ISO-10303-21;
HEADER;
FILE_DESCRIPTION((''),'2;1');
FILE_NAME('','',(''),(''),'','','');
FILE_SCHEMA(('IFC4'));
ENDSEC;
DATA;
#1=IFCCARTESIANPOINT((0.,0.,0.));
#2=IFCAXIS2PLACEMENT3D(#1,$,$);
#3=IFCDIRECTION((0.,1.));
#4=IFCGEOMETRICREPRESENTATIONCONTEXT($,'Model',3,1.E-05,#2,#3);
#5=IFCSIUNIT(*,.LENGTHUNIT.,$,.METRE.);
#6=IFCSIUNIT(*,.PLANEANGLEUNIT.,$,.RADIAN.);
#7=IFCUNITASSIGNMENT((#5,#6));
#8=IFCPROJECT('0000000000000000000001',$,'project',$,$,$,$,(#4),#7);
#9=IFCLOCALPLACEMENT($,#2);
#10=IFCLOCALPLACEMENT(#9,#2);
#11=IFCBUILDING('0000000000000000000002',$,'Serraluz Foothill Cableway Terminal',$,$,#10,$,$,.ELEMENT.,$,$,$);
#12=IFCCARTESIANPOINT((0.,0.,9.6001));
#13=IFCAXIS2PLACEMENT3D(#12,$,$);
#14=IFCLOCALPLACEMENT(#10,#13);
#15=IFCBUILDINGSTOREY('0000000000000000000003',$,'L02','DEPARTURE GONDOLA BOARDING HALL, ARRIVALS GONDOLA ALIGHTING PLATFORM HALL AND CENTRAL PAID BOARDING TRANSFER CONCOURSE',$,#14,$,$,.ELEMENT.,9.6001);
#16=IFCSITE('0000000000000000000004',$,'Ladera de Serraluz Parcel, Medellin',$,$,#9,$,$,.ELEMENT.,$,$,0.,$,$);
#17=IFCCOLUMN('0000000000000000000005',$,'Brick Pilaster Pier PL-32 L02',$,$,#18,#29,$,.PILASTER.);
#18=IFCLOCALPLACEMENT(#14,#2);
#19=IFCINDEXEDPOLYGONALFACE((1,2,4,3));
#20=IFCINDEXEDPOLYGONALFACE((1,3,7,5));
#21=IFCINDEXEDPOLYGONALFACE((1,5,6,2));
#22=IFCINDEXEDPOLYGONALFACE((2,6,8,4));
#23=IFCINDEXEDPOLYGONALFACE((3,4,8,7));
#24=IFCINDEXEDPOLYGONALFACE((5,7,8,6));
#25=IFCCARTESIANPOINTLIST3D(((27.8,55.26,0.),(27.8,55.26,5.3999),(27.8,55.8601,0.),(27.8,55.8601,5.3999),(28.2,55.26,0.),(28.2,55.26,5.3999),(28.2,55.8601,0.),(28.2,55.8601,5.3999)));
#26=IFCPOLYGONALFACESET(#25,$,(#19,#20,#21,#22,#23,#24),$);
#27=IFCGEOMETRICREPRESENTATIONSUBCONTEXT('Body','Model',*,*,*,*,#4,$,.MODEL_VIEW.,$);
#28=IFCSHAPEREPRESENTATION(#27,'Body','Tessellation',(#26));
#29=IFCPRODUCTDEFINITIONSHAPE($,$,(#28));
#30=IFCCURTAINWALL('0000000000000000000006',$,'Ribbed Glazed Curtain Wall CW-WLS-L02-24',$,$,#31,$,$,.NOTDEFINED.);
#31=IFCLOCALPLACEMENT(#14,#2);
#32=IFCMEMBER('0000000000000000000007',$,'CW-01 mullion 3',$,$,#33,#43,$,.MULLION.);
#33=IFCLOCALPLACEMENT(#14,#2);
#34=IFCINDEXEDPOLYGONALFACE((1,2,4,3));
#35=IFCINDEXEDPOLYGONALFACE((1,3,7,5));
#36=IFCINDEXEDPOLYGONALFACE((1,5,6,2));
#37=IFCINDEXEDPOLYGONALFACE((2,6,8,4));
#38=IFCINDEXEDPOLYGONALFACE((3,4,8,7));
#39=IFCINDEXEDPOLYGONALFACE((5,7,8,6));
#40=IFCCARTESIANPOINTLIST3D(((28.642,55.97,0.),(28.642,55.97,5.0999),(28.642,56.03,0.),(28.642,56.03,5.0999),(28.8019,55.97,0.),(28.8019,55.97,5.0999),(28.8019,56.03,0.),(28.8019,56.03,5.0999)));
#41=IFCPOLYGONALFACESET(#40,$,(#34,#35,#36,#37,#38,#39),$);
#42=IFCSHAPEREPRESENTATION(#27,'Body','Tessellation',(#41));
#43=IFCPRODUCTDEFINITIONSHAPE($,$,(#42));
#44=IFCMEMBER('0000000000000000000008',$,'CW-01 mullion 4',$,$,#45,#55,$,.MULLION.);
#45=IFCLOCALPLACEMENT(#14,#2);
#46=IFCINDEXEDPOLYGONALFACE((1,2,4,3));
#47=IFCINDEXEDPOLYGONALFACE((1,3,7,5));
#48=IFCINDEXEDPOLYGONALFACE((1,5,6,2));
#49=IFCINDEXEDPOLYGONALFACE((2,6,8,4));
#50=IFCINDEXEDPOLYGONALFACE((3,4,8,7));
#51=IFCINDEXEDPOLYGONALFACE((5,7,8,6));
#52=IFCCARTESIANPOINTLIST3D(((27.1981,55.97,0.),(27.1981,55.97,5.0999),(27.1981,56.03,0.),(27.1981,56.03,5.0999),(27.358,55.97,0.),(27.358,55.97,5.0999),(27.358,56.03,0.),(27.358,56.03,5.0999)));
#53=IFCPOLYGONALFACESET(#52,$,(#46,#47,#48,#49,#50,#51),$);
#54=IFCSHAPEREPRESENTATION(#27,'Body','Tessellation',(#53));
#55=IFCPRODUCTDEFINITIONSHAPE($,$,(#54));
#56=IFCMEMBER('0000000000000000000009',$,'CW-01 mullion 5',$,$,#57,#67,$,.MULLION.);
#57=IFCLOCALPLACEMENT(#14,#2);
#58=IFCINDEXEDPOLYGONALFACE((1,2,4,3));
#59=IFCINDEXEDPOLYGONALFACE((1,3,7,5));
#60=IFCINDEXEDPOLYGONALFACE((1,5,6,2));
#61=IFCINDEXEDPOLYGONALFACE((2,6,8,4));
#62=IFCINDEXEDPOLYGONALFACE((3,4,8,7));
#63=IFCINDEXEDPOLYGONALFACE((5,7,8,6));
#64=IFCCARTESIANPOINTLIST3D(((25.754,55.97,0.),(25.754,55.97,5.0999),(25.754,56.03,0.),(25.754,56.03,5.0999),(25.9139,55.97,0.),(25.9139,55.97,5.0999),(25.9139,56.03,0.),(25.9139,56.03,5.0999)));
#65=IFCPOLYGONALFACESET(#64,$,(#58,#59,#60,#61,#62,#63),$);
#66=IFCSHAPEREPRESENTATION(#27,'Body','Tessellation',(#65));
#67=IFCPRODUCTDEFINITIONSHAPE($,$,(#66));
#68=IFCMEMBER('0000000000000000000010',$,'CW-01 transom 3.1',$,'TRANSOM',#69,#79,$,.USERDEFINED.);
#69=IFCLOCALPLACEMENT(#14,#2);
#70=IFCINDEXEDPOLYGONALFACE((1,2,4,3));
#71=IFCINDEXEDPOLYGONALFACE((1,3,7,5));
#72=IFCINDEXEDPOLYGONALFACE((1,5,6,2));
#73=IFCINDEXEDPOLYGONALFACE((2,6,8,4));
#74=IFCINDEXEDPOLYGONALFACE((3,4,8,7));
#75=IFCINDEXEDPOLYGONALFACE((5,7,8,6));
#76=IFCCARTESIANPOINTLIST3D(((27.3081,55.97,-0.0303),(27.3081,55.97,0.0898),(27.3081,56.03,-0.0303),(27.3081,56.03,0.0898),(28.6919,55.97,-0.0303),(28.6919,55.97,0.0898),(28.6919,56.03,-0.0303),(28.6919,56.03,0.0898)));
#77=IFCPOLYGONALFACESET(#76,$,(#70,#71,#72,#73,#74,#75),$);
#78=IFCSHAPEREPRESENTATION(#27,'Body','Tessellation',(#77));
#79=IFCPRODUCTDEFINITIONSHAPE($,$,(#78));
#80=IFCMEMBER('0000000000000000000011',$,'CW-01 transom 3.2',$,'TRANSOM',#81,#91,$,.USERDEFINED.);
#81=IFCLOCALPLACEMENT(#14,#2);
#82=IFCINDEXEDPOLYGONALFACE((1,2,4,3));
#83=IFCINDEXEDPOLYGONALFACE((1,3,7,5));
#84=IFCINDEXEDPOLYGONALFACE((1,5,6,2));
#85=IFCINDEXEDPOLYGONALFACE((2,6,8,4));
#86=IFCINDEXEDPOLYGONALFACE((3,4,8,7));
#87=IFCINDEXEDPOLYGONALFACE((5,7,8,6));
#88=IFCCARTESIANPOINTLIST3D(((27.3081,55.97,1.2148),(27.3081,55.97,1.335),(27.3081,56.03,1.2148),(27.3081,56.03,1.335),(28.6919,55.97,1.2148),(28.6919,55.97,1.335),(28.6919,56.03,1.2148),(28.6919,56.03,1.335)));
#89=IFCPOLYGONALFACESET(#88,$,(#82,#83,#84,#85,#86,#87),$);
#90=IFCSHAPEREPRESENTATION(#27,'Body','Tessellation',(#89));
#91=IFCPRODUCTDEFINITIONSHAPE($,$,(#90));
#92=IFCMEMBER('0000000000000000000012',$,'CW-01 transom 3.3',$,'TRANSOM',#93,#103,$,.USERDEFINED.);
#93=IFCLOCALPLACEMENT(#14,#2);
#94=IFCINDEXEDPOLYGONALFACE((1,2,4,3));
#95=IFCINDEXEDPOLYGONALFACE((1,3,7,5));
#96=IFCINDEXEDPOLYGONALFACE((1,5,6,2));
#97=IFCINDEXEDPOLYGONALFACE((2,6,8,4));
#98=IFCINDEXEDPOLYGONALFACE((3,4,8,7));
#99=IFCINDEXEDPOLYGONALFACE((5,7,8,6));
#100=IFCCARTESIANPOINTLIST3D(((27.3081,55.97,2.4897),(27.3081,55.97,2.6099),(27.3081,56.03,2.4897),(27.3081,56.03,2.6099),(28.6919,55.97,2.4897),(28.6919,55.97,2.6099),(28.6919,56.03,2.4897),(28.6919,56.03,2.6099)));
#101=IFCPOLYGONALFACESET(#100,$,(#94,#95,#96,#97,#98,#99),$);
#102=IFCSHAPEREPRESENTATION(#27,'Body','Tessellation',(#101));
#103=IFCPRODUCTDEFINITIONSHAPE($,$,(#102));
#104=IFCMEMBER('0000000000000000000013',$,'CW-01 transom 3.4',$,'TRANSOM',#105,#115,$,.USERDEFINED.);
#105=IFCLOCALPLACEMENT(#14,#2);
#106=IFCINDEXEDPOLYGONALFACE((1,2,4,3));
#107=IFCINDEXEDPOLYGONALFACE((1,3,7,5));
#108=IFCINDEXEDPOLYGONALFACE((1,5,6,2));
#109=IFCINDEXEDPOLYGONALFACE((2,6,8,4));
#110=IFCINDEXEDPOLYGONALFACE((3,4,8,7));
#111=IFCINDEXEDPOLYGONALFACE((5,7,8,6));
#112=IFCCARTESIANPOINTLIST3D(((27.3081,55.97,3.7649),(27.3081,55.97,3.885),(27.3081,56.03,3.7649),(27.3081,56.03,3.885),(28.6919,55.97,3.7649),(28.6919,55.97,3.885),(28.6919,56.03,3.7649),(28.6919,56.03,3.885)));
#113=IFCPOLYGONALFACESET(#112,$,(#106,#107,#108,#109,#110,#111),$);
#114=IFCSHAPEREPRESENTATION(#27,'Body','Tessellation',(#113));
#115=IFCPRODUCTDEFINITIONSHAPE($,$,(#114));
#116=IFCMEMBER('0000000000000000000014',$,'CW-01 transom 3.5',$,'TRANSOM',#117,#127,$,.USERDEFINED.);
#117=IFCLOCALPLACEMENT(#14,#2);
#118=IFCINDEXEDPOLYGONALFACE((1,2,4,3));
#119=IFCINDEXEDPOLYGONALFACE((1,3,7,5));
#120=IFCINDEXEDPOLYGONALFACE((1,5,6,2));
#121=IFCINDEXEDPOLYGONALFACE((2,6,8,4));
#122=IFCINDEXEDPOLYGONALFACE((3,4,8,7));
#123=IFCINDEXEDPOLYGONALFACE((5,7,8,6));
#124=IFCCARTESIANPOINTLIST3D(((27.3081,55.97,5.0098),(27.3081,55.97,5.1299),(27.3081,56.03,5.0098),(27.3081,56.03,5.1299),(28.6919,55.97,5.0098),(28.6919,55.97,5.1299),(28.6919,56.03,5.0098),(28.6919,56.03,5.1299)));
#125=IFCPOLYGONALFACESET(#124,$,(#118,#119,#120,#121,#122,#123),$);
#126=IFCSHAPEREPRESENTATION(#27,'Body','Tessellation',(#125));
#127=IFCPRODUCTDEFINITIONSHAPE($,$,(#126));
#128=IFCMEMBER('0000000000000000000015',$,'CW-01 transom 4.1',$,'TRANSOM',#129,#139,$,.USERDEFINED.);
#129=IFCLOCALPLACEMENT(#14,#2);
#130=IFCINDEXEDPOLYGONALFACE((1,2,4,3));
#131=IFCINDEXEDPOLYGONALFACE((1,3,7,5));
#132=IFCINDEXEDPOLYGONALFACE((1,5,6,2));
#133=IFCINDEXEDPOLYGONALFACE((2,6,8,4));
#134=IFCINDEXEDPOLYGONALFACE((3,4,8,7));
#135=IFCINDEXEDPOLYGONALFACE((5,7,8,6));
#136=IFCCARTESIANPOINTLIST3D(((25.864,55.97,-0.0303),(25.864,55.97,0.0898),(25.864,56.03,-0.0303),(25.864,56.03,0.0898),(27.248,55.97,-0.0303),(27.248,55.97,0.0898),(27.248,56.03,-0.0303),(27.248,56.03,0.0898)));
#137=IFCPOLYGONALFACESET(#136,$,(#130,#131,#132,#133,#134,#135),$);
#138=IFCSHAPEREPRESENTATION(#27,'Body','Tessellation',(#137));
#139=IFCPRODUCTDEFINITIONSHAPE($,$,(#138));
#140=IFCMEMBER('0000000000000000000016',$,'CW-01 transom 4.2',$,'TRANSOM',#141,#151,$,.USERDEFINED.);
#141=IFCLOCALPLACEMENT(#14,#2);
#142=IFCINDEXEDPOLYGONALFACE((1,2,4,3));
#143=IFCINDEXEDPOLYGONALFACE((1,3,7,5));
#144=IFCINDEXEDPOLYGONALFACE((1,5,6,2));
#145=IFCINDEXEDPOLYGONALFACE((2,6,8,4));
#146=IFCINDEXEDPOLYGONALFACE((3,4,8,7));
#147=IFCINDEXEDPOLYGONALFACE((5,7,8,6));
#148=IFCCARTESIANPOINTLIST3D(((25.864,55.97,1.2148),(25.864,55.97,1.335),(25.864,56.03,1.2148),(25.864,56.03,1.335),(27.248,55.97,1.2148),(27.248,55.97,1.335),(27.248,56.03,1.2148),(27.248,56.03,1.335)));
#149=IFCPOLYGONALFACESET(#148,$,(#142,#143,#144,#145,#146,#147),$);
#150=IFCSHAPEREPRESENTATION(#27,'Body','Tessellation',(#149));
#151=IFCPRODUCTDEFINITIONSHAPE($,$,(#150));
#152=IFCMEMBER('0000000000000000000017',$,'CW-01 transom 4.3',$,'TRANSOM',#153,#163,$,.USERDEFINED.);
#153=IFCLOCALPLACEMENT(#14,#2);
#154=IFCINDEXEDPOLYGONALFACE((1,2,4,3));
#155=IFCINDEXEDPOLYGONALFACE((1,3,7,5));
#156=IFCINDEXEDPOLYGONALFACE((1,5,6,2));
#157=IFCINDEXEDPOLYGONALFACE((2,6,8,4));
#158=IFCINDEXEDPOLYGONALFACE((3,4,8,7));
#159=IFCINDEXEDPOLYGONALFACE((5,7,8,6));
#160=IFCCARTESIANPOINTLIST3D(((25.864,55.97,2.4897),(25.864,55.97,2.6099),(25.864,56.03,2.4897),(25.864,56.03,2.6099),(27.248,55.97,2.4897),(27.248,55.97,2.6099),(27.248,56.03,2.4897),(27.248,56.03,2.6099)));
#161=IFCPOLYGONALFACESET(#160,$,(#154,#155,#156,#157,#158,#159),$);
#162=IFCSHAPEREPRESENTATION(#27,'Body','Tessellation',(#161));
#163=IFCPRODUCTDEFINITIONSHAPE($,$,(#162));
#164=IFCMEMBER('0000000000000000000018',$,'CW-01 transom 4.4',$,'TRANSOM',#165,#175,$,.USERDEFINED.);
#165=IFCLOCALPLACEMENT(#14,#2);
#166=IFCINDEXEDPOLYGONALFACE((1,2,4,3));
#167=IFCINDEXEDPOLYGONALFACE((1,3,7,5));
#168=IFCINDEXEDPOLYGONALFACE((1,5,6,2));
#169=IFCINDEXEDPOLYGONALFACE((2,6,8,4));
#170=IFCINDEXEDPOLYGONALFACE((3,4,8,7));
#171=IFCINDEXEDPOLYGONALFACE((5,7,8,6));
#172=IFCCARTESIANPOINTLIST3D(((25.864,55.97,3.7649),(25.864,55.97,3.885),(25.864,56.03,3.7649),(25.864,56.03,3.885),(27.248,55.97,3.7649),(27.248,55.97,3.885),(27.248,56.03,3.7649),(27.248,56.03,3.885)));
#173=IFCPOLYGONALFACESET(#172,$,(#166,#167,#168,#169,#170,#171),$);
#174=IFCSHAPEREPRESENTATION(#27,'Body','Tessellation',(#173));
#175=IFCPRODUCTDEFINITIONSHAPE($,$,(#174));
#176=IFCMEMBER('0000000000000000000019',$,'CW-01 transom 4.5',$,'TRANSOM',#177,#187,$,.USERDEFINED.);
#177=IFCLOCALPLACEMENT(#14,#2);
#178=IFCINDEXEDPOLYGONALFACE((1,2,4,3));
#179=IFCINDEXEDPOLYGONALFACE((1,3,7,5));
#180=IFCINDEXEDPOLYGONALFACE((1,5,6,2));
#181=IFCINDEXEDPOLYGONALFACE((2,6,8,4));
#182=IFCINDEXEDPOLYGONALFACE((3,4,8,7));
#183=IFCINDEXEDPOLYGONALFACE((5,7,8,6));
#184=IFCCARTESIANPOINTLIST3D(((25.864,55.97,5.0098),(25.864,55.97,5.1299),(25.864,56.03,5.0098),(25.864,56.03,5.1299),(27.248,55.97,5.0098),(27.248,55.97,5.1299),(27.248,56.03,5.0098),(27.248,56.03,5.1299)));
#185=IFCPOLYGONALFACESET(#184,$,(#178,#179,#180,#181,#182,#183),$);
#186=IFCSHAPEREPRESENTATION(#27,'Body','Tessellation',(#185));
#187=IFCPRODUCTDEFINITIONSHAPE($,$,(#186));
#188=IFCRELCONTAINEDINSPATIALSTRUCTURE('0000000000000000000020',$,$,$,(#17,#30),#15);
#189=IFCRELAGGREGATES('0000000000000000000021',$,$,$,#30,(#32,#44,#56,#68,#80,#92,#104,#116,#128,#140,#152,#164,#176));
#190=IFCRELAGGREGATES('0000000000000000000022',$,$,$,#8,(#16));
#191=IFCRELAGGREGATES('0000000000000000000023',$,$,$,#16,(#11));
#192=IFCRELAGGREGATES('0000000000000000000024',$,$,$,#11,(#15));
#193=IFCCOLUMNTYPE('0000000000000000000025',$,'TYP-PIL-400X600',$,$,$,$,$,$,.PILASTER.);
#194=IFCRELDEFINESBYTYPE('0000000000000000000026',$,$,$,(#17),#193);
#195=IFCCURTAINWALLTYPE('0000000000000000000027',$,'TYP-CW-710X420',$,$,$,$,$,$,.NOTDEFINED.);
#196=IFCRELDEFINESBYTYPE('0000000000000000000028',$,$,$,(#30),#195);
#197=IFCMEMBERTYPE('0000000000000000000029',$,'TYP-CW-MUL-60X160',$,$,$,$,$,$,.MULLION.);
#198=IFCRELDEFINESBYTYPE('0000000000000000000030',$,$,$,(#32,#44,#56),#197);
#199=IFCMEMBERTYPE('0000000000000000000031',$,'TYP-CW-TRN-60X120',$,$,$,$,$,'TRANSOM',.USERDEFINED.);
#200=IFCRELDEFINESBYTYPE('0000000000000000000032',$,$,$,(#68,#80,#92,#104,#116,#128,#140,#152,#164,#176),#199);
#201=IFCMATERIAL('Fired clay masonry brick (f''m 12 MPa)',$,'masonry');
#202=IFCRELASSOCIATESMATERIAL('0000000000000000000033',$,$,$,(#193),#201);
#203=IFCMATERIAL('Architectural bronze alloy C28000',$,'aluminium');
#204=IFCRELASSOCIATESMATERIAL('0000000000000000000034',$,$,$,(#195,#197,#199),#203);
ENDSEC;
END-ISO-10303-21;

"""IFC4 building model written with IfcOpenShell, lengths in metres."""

from ifc_helpers import new_model, si_unit, direction, frame, origin, origin_2d, place, context, subcontext, project, spatial, rectangle, extrude, material, material_profile, profile_set, type_object, element, aggregate, save


model = new_model("IFC4")

# Units and contexts
model_context = context("Model", 3, precision=1e-05, world=origin(), true_north=direction((0.0, 1.0)))
body_context = subcontext(model_context, "Body", "Model", "MODEL_VIEW")
ifc_project = project(units=[si_unit("LENGTHUNIT", "METRE"), si_unit("PLANEANGLEUNIT", "RADIAN")], contexts=[model_context])

# Site, building, storey
site_placement = place(None, origin())
site = spatial("IfcSite", under=ifc_project, at=site_placement, Name="Ladera de Serraluz Parcel, Medellin", CompositionType="ELEMENT", RefElevation=0.0)
building_placement = place(site_placement, origin())
building = spatial("IfcBuilding", under=site, at=building_placement, Name="Serraluz Foothill Cableway Terminal", CompositionType="ELEMENT")
storey_placement = place(building_placement, frame((0.0, 0.0, 9.6001)))
storey = spatial("IfcBuildingStorey", under=building, at=storey_placement, Name="L02", Description="DEPARTURE GONDOLA BOARDING HALL, ARRIVALS GONDOLA ALIGHTING PLATFORM HALL AND CENTRAL PAID BOARDING TRANSFER CONCOURSE", CompositionType="ELEMENT", Elevation=9.6001)

# Column
ifc_material_1 = material(Name="Fired clay masonry brick (f'm 12 MPa)", Category="masonry")
ifc_material_profile_1 = material_profile(ifc_material_1, rectangle(XDim=0.3999, YDim=0.6001, at=origin_2d()), Name="PIL 400x600")
ifc_profile_set_1 = profile_set([ifc_material_profile_1], Name="Fired clay masonry brick (f'm 12 MPa)")
column_type = type_object("IfcColumnType", Name="TYP-PIL-400X600", PredefinedType="PILASTER", material=ifc_profile_set_1)
column_placement = place(storey_placement, frame((28.0, 55.5601, 0.0), z_axis=(0.0, 0.0, 1.0), x_axis=(1.0, 0.0, 0.0)))
element("IfcColumn", 1, at=column_placement, inside=storey, type_object=column_type, Name="Brick Pilaster Pier PL-32 L02", PredefinedType="PILASTER", context=body_context, shape_type="SweptSolid", body=[
    extrude(rectangle(XDim=0.3999, YDim=0.6001, at=origin_2d()), origin(), (0.0, 0.0, 1.0), 5.3999),
])

# Curtain wall, members
ifc_material_2 = material(Name="Architectural bronze alloy C28000", Category="aluminium")
curtain_wall_type = type_object("IfcCurtainWallType", Name="TYP-CW-710X420", PredefinedType="NOTDEFINED", material=ifc_material_2)
curtain_wall_placement = place(storey_placement, origin())
curtain_wall = element("IfcCurtainWall", 2, at=curtain_wall_placement, inside=storey, type_object=curtain_wall_type, Name="Ribbed Glazed Curtain Wall CW-WLS-L02-24", PredefinedType="NOTDEFINED")
ifc_material_profile_2 = material_profile(ifc_material_2, rectangle(XDim=0.0601, YDim=0.1599, at=origin_2d()), Name="ALU MULLION 60x160")
ifc_profile_set_2 = profile_set([ifc_material_profile_2], Name="Architectural bronze alloy C28000")
member_type_1 = type_object("IfcMemberType", Name="TYP-CW-MUL-60X160", PredefinedType="MULLION", material=ifc_profile_set_2)
member_1_placement = place(storey_placement, frame((28.7219, 56.0, 0.0), z_axis=(0.0, 0.0, 1.0), x_axis=(0.0, -1.0, 0.0)))
member_1 = element("IfcMember", 3, at=member_1_placement, type_object=member_type_1, Name="CW-01 mullion 3", PredefinedType="MULLION", context=body_context, shape_type="SweptSolid", body=[
    extrude(rectangle(XDim=0.0601, YDim=0.1599, at=origin_2d()), origin(), (0.0, 0.0, 1.0), 5.0999),
])
member_2_placement = place(storey_placement, frame((27.2781, 56.0, 0.0), z_axis=(0.0, 0.0, 1.0), x_axis=(0.0, -1.0, 0.0)))
member_2 = element("IfcMember", 4, at=member_2_placement, type_object=member_type_1, Name="CW-01 mullion 4", PredefinedType="MULLION", context=body_context, shape_type="SweptSolid", body=[
    extrude(rectangle(XDim=0.0601, YDim=0.1599, at=origin_2d()), origin(), (0.0, 0.0, 1.0), 5.0999),
])
member_3_placement = place(storey_placement, frame((25.834, 56.0, 0.0), z_axis=(0.0, 0.0, 1.0), x_axis=(0.0, -1.0, 0.0)))
member_3 = element("IfcMember", 5, at=member_3_placement, type_object=member_type_1, Name="CW-01 mullion 5", PredefinedType="MULLION", context=body_context, shape_type="SweptSolid", body=[
    extrude(rectangle(XDim=0.0601, YDim=0.1599, at=origin_2d()), origin(), (0.0, 0.0, 1.0), 5.0999),
])
ifc_material_profile_3 = material_profile(ifc_material_2, rectangle(XDim=0.0601, YDim=0.1201, at=origin_2d()), Name="ALU TRANSOM 60x120")
ifc_profile_set_3 = profile_set([ifc_material_profile_3], Name="Architectural bronze alloy C28000")
member_type_2 = type_object("IfcMemberType", Name="TYP-CW-TRN-60X120", ElementType="TRANSOM", PredefinedType="USERDEFINED", material=ifc_profile_set_3)
member_4_placement = place(storey_placement, frame((28.6919, 56.0, 0.0298), z_axis=(-1.0, 0.0, 0.0), x_axis=(0.0, -1.0, 0.0)))
member_4 = element("IfcMember", 6, at=member_4_placement, type_object=member_type_2, Name="CW-01 transom 3.1", ObjectType="TRANSOM", PredefinedType="USERDEFINED", context=body_context, shape_type="SweptSolid", body=[
    extrude(rectangle(XDim=0.0601, YDim=0.1201, at=origin_2d()), origin(), (0.0, 0.0, 1.0), 1.3838),
])
member_5_placement = place(storey_placement, frame((28.6919, 56.0, 1.2749), z_axis=(-1.0, 0.0, 0.0), x_axis=(0.0, -1.0, 0.0)))
member_5 = element("IfcMember", 7, at=member_5_placement, type_object=member_type_2, Name="CW-01 transom 3.2", ObjectType="TRANSOM", PredefinedType="USERDEFINED", context=body_context, shape_type="SweptSolid", body=[
    extrude(rectangle(XDim=0.0601, YDim=0.1201, at=origin_2d()), origin(), (0.0, 0.0, 1.0), 1.3838),
])
member_6_placement = place(storey_placement, frame((28.6919, 56.0, 2.5498), z_axis=(-1.0, 0.0, 0.0), x_axis=(0.0, -1.0, 0.0)))
member_6 = element("IfcMember", 8, at=member_6_placement, type_object=member_type_2, Name="CW-01 transom 3.3", ObjectType="TRANSOM", PredefinedType="USERDEFINED", context=body_context, shape_type="SweptSolid", body=[
    extrude(rectangle(XDim=0.0601, YDim=0.1201, at=origin_2d()), origin(), (0.0, 0.0, 1.0), 1.3838),
])
member_7_placement = place(storey_placement, frame((28.6919, 56.0, 3.825), z_axis=(-1.0, 0.0, 0.0), x_axis=(0.0, -1.0, 0.0)))
member_7 = element("IfcMember", 9, at=member_7_placement, type_object=member_type_2, Name="CW-01 transom 3.4", ObjectType="TRANSOM", PredefinedType="USERDEFINED", context=body_context, shape_type="SweptSolid", body=[
    extrude(rectangle(XDim=0.0601, YDim=0.1201, at=origin_2d()), origin(), (0.0, 0.0, 1.0), 1.3838),
])
member_8_placement = place(storey_placement, frame((28.6919, 56.0, 5.0698), z_axis=(-1.0, 0.0, 0.0), x_axis=(0.0, -1.0, 0.0)))
member_8 = element("IfcMember", 10, at=member_8_placement, type_object=member_type_2, Name="CW-01 transom 3.5", ObjectType="TRANSOM", PredefinedType="USERDEFINED", context=body_context, shape_type="SweptSolid", body=[
    extrude(rectangle(XDim=0.0601, YDim=0.1201, at=origin_2d()), origin(), (0.0, 0.0, 1.0), 1.3838),
])
member_9_placement = place(storey_placement, frame((27.248, 56.0, 0.0298), z_axis=(-1.0, 0.0, 0.0), x_axis=(0.0, -1.0, 0.0)))
member_9 = element("IfcMember", 11, at=member_9_placement, type_object=member_type_2, Name="CW-01 transom 4.1", ObjectType="TRANSOM", PredefinedType="USERDEFINED", context=body_context, shape_type="SweptSolid", body=[
    extrude(rectangle(XDim=0.0601, YDim=0.1201, at=origin_2d()), origin(), (0.0, 0.0, 1.0), 1.384),
])
member_10_placement = place(storey_placement, frame((27.248, 56.0, 1.2749), z_axis=(-1.0, 0.0, 0.0), x_axis=(0.0, -1.0, 0.0)))
member_10 = element("IfcMember", 12, at=member_10_placement, type_object=member_type_2, Name="CW-01 transom 4.2", ObjectType="TRANSOM", PredefinedType="USERDEFINED", context=body_context, shape_type="SweptSolid", body=[
    extrude(rectangle(XDim=0.0601, YDim=0.1201, at=origin_2d()), origin(), (0.0, 0.0, 1.0), 1.384),
])
member_11_placement = place(storey_placement, frame((27.248, 56.0, 2.5498), z_axis=(-1.0, 0.0, 0.0), x_axis=(0.0, -1.0, 0.0)))
member_11 = element("IfcMember", 13, at=member_11_placement, type_object=member_type_2, Name="CW-01 transom 4.3", ObjectType="TRANSOM", PredefinedType="USERDEFINED", context=body_context, shape_type="SweptSolid", body=[
    extrude(rectangle(XDim=0.0601, YDim=0.1201, at=origin_2d()), origin(), (0.0, 0.0, 1.0), 1.384),
])
member_12_placement = place(storey_placement, frame((27.248, 56.0, 3.825), z_axis=(-1.0, 0.0, 0.0), x_axis=(0.0, -1.0, 0.0)))
member_12 = element("IfcMember", 14, at=member_12_placement, type_object=member_type_2, Name="CW-01 transom 4.4", ObjectType="TRANSOM", PredefinedType="USERDEFINED", context=body_context, shape_type="SweptSolid", body=[
    extrude(rectangle(XDim=0.0601, YDim=0.1201, at=origin_2d()), origin(), (0.0, 0.0, 1.0), 1.384),
])
member_13_placement = place(storey_placement, frame((27.248, 56.0, 5.0698), z_axis=(-1.0, 0.0, 0.0), x_axis=(0.0, -1.0, 0.0)))
member_13 = element("IfcMember", 15, at=member_13_placement, type_object=member_type_2, Name="CW-01 transom 4.5", ObjectType="TRANSOM", PredefinedType="USERDEFINED", context=body_context, shape_type="SweptSolid", body=[
    extrude(rectangle(XDim=0.0601, YDim=0.1201, at=origin_2d()), origin(), (0.0, 0.0, 1.0), 1.384),
])
aggregate(curtain_wall, [member_1, member_2, member_3, member_4, member_5, member_6, member_7, member_8, member_9, member_10, member_11, member_12, member_13])

save(model, "model.ifc")
